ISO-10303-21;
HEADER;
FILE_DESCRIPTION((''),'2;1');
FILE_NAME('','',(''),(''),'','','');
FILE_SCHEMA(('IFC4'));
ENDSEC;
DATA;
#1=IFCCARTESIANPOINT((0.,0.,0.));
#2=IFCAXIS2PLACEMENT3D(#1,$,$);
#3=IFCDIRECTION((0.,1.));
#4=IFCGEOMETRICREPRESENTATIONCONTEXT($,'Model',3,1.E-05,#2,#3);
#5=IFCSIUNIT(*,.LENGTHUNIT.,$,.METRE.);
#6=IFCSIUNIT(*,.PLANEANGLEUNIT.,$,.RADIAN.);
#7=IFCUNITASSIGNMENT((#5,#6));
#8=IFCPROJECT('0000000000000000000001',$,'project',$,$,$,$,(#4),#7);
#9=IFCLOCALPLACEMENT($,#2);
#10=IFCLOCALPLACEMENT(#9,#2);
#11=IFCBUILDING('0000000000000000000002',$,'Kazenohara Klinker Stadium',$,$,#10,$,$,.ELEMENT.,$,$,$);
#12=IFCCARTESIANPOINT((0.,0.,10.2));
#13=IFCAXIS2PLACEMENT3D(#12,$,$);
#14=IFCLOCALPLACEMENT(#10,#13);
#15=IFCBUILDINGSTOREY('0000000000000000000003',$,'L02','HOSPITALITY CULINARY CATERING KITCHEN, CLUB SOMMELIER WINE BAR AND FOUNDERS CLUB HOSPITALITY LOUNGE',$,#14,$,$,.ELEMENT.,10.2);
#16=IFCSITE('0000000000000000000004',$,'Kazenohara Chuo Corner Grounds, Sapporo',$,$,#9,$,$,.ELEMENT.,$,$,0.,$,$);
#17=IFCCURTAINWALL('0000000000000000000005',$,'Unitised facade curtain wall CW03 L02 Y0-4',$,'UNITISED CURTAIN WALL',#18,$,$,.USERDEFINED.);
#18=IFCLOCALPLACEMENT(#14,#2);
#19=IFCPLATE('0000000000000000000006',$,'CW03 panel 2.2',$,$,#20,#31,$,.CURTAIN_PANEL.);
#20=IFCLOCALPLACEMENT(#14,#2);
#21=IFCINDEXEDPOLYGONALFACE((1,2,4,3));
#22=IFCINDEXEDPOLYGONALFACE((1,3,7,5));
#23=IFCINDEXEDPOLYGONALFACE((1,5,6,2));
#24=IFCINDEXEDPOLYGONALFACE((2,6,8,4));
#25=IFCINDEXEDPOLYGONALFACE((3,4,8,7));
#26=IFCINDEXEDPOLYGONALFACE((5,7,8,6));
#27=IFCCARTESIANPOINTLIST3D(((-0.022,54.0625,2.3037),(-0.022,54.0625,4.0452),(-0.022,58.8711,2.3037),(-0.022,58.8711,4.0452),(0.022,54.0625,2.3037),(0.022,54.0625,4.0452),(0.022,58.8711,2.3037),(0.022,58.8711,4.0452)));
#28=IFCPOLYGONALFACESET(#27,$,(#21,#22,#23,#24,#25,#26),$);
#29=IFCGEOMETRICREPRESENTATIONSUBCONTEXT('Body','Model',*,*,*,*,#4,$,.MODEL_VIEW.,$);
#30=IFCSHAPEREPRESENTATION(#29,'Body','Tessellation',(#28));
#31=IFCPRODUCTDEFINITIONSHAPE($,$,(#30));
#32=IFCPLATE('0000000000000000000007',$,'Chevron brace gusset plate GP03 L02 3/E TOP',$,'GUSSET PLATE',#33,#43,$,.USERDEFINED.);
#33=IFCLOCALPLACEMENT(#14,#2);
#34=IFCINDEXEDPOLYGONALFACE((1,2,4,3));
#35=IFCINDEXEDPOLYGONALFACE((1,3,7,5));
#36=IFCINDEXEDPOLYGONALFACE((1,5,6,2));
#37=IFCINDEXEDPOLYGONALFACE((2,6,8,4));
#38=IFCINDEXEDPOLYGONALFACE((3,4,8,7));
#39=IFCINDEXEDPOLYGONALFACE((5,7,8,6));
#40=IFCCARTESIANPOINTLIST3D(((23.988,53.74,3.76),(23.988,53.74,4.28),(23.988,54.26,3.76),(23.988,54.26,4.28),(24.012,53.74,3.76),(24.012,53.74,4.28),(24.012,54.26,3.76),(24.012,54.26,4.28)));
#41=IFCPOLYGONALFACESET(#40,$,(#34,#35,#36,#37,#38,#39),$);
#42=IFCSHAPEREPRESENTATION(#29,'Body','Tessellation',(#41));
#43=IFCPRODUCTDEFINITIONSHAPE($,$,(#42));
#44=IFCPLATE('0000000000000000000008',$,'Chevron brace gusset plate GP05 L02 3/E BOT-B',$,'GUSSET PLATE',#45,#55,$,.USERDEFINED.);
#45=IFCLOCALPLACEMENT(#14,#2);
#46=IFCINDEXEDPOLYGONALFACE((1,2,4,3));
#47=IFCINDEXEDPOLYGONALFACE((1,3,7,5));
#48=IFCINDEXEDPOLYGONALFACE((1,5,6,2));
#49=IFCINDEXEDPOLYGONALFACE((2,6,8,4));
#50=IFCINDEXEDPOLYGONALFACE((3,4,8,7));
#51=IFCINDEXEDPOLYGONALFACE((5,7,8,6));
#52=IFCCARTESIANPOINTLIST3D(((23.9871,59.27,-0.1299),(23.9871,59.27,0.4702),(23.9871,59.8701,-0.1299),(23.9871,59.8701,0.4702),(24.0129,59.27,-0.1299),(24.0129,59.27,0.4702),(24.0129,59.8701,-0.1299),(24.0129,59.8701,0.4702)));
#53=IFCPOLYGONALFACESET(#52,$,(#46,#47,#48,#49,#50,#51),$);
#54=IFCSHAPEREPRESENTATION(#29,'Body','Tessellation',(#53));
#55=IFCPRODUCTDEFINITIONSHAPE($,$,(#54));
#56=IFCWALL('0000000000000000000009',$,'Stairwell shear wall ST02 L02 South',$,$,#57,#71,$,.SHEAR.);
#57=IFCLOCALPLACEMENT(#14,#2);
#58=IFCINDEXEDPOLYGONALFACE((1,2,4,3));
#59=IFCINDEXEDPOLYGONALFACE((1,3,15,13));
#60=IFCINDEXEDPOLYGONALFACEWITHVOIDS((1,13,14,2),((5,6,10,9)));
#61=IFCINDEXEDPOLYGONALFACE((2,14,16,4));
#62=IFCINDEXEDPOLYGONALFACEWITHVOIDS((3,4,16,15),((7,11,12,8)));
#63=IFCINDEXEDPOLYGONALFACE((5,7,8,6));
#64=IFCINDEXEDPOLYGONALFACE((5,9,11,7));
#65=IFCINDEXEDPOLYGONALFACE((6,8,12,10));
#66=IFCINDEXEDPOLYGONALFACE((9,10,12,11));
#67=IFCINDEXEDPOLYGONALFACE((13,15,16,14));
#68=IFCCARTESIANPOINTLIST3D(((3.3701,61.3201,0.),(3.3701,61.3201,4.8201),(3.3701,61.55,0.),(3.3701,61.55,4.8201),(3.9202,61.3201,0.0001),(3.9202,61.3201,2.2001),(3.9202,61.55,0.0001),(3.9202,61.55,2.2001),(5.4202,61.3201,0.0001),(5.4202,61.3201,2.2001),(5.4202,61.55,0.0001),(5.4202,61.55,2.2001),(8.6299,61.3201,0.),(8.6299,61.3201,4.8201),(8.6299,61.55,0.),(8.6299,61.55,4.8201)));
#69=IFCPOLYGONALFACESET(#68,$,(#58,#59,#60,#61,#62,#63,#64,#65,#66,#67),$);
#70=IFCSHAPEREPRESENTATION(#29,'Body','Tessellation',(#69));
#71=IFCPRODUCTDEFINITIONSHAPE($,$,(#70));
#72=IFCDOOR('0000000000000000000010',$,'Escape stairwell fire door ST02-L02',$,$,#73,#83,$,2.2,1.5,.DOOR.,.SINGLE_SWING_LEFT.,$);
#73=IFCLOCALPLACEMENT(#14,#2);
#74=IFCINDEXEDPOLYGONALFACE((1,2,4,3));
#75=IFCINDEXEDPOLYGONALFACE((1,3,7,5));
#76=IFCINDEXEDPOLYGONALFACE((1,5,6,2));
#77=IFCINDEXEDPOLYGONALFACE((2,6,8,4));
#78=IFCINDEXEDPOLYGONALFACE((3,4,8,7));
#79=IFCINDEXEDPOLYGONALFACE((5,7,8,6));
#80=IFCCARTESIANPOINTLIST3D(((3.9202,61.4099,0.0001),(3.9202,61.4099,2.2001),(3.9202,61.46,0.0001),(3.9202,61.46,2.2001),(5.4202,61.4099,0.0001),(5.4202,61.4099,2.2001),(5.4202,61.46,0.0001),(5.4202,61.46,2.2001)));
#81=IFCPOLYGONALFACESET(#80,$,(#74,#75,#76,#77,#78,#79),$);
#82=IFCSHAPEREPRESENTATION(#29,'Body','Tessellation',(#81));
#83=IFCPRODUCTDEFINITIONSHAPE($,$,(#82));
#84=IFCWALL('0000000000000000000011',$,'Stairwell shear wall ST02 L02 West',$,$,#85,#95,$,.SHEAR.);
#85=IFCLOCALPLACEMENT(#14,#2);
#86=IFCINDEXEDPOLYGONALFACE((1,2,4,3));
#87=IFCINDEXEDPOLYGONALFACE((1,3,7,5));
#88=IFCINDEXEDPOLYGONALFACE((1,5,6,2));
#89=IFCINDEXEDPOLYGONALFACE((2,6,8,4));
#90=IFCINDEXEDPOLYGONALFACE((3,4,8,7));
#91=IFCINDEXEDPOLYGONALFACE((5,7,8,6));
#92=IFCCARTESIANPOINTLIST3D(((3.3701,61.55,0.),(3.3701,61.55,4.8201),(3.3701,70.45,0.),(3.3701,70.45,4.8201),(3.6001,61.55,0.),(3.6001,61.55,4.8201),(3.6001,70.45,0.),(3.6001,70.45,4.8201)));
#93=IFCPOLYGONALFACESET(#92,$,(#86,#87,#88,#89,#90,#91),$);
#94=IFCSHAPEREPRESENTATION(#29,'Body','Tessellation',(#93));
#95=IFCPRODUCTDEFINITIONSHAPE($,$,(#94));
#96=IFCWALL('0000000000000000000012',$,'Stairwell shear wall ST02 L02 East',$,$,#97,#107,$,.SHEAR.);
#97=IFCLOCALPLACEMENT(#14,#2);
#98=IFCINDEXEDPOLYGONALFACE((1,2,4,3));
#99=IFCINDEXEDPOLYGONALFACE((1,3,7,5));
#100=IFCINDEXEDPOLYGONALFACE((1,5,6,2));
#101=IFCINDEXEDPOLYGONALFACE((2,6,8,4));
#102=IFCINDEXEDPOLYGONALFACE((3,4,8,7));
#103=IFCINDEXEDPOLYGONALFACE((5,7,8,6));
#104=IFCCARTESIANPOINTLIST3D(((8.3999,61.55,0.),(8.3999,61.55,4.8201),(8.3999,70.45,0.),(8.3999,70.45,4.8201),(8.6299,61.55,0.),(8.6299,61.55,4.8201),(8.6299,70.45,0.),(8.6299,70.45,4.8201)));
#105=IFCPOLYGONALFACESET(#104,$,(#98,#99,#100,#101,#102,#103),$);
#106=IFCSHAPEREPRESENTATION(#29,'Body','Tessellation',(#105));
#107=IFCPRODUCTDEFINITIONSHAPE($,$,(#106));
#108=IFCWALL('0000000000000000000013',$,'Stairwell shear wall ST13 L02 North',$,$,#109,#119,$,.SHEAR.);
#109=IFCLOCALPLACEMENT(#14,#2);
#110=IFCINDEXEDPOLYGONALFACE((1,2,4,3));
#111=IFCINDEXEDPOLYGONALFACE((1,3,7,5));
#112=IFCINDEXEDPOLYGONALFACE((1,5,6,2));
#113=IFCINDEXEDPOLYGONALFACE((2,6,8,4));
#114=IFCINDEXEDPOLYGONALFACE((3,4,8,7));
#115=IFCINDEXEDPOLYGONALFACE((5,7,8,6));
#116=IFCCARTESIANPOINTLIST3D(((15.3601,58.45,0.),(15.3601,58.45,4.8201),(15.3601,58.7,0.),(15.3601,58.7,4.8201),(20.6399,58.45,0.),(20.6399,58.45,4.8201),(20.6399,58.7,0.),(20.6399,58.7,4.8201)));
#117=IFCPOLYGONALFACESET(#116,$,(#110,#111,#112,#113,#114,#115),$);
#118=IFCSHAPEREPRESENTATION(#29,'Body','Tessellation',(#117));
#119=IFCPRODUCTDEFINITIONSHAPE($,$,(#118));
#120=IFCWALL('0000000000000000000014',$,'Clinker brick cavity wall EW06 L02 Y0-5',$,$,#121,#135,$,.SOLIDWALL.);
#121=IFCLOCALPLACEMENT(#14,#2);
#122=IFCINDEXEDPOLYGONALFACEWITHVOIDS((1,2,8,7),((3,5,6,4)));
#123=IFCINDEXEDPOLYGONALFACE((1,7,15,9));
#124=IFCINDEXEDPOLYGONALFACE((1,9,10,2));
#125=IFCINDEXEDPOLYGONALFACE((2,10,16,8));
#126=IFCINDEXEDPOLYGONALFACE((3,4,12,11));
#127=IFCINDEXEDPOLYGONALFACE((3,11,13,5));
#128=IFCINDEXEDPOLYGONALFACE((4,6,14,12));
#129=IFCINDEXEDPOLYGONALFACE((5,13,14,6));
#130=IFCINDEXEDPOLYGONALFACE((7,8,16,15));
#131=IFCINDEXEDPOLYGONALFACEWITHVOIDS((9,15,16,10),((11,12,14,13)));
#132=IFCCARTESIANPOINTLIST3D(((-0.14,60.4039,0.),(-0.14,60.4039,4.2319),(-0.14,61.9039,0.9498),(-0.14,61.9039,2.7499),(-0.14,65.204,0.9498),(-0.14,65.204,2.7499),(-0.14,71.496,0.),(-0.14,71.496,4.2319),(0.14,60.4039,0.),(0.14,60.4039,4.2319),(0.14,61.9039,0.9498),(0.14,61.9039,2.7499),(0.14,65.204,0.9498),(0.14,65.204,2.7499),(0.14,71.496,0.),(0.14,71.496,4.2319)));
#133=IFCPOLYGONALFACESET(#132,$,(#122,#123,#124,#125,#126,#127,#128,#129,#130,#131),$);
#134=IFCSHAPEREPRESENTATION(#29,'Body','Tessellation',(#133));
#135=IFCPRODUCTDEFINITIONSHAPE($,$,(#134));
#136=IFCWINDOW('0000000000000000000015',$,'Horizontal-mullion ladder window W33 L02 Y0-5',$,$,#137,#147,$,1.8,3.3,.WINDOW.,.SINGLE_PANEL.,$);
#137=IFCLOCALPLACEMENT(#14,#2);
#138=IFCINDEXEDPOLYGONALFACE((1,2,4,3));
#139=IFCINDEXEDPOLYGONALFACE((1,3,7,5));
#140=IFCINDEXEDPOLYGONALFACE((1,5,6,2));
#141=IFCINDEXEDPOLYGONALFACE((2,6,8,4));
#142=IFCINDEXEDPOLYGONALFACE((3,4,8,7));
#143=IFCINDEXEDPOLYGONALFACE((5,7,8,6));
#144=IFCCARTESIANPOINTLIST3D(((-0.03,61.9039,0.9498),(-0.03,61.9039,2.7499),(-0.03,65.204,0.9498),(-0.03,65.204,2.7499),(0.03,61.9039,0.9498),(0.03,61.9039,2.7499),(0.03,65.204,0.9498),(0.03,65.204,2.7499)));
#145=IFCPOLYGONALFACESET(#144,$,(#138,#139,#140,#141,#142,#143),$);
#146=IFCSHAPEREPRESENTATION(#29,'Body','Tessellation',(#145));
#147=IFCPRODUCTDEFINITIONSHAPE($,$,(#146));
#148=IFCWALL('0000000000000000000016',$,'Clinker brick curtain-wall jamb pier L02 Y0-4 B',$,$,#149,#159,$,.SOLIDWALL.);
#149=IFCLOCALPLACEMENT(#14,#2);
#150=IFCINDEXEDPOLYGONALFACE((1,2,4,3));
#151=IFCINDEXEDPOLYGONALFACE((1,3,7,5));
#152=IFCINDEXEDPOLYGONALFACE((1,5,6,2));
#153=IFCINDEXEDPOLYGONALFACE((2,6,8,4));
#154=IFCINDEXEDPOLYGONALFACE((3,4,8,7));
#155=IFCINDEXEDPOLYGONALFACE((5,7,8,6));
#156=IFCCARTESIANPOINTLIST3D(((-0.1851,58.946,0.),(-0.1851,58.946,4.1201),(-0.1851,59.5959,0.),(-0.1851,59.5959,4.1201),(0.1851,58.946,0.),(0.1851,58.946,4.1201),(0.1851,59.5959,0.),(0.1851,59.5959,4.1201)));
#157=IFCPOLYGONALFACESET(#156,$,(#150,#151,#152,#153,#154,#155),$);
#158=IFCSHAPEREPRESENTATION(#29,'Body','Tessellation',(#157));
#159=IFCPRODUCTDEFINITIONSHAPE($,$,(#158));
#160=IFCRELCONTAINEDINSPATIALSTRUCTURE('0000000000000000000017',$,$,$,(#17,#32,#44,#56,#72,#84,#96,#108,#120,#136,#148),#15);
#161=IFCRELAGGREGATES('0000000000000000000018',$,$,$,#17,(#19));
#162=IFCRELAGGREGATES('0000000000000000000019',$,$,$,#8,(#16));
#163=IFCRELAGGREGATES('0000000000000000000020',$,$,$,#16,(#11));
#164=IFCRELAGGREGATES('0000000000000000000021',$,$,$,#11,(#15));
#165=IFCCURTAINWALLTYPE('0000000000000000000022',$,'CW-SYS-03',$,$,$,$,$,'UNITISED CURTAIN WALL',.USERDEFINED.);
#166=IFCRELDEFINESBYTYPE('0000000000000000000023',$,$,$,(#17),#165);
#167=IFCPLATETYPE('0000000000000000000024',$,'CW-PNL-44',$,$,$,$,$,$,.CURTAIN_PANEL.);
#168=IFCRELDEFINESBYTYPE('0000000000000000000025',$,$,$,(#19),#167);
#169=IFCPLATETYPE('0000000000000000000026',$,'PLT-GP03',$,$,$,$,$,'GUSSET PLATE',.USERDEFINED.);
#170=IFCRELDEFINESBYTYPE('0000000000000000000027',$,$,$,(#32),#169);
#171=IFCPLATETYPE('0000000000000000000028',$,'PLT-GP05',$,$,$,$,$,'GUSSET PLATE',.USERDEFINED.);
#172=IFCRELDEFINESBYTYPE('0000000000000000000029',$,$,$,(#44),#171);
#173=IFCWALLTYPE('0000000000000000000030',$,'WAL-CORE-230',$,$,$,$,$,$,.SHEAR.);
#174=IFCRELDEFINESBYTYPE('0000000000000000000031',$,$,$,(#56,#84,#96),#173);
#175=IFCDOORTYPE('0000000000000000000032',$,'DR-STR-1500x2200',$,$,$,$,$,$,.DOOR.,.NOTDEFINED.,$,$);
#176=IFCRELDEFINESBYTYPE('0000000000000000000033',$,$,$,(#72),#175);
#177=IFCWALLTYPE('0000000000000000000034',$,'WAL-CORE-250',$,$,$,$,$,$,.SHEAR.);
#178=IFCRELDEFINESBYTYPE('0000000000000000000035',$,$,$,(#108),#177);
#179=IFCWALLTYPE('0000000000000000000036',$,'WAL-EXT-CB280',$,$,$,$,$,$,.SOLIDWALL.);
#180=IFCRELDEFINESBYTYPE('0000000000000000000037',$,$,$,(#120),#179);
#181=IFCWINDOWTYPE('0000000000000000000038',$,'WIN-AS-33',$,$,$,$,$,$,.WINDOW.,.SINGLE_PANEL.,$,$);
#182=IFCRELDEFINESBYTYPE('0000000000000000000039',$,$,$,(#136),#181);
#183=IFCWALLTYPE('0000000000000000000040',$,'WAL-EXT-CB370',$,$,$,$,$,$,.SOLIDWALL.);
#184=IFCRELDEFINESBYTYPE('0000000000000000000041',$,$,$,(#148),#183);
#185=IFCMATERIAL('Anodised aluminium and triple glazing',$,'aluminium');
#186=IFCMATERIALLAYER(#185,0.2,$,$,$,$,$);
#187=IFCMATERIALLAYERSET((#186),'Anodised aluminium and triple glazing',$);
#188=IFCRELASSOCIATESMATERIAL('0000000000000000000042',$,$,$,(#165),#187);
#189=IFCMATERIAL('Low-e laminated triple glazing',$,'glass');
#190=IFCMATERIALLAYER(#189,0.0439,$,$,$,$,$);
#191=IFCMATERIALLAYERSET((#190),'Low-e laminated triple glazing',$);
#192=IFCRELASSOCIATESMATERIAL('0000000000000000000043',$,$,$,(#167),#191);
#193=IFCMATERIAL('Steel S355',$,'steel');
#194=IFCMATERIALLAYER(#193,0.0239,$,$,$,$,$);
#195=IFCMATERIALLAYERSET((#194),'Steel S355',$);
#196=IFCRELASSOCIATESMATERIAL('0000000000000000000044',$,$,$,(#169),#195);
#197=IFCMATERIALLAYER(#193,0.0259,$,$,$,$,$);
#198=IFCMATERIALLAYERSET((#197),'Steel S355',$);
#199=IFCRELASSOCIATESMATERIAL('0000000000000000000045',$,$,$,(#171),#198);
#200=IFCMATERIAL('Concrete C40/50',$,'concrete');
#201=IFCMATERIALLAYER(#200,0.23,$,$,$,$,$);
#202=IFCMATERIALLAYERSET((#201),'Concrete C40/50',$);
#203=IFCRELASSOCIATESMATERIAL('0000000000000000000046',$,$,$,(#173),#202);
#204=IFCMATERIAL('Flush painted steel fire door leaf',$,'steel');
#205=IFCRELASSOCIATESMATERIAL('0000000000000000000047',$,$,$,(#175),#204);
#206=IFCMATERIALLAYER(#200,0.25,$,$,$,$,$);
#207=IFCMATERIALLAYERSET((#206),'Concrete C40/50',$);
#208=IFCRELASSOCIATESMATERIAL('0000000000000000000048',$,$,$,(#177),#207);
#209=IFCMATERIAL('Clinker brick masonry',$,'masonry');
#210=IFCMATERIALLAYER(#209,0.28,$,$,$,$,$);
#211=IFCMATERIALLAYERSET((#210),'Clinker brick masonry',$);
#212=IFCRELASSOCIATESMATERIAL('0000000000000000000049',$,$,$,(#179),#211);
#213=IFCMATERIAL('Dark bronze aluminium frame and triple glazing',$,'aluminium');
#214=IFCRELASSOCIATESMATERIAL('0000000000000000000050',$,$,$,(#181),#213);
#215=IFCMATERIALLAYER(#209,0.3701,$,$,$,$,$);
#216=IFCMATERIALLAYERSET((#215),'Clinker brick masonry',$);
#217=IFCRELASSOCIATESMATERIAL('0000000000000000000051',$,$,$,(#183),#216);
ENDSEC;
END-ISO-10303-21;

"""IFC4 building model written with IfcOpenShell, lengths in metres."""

from ifc_helpers import new_model, si_unit, direction, frame, frame_2d, origin, origin_2d, place, context, subcontext, project, spatial, rectangle, extrude, material, layer, layer_set, type_object, element, fill, aggregate, save


model = new_model("IFC4")

# Units and contexts
model_context = context("Model", 3, precision=1e-05, world=origin(), true_north=direction((0.0, 1.0)))
body_context = subcontext(model_context, "Body", "Model", "MODEL_VIEW")
ifc_project = project(units=[si_unit("LENGTHUNIT", "METRE"), si_unit("PLANEANGLEUNIT", "RADIAN")], contexts=[model_context])

# Site, building, storey
site_placement = place(None, origin())
site = spatial("IfcSite", under=ifc_project, at=site_placement, Name="Kazenohara Chuo Corner Grounds, Sapporo", CompositionType="ELEMENT", RefElevation=0.0)
building_placement = place(site_placement, origin())
building = spatial("IfcBuilding", under=site, at=building_placement, Name="Kazenohara Klinker Stadium", CompositionType="ELEMENT")
storey_placement = place(building_placement, frame((0.0, 0.0, 10.2)))
storey = spatial("IfcBuildingStorey", under=building, at=storey_placement, Name="L02", Description="HOSPITALITY CULINARY CATERING KITCHEN, CLUB SOMMELIER WINE BAR AND FOUNDERS CLUB HOSPITALITY LOUNGE", CompositionType="ELEMENT", Elevation=10.2)

# Shared definitions
ifc_material_1 = material(Name="Concrete C40/50", Category="concrete")

# Shared definitions
ifc_material_2 = material(Name="Steel S355", Category="steel")

# Curtain wall
ifc_material_3 = material(Name="Anodised aluminium and triple glazing", Category="aluminium")
ifc_layer_1 = layer(ifc_material_3, 0.2)
ifc_layer_set_1 = layer_set([ifc_layer_1], Name="Anodised aluminium and triple glazing")
curtain_wall_type = type_object("IfcCurtainWallType", Name="CW-SYS-03", ElementType="UNITISED CURTAIN WALL", PredefinedType="USERDEFINED", material=ifc_layer_set_1)
curtain_wall_placement = place(storey_placement, origin())
curtain_wall = element("IfcCurtainWall", 1, at=curtain_wall_placement, inside=storey, type_object=curtain_wall_type, Name="Unitised facade curtain wall CW03 L02 Y0-4", ObjectType="UNITISED CURTAIN WALL", PredefinedType="USERDEFINED")

# Plate
ifc_material_4 = material(Name="Low-e laminated triple glazing", Category="glass")
ifc_layer_2 = layer(ifc_material_4, 0.0439)
ifc_layer_set_2 = layer_set([ifc_layer_2], Name="Low-e laminated triple glazing")
plate_type_1 = type_object("IfcPlateType", Name="CW-PNL-44", PredefinedType="CURTAIN_PANEL", material=ifc_layer_set_2)
plate_1_placement = place(storey_placement, frame((0.0, 56.4668, 2.3037), z_axis=(0.0, 0.0, 1.0), x_axis=(0.0, 1.0, 0.0)))
plate_1 = element("IfcPlate", 2, at=plate_1_placement, type_object=plate_type_1, Name="CW03 panel 2.2", PredefinedType="CURTAIN_PANEL", context=body_context, shape_type="SweptSolid", body=[
    extrude(rectangle(XDim=4.8086, YDim=0.0439, at=origin_2d()), origin(), (0.0, 0.0, 1.0), 1.7415),
])
aggregate(curtain_wall, [plate_1])

# Plates
ifc_layer_3 = layer(ifc_material_2, 0.0239)
ifc_layer_set_3 = layer_set([ifc_layer_3], Name="Steel S355")
plate_type_2 = type_object("IfcPlateType", Name="PLT-GP03", ElementType="GUSSET PLATE", PredefinedType="USERDEFINED", material=ifc_layer_set_3)
plate_2_placement = place(storey_placement, frame((24.0, 54.0, 3.76), z_axis=(0.0, 0.0, 1.0), x_axis=(1.0, 0.0, 0.0)))
element("IfcPlate", 3, at=plate_2_placement, inside=storey, type_object=plate_type_2, Name="Chevron brace gusset plate GP03 L02 3/E TOP", ObjectType="GUSSET PLATE", PredefinedType="USERDEFINED", context=body_context, shape_type="SweptSolid", body=[
    extrude(rectangle(XDim=0.0239, YDim=0.52, at=origin_2d()), origin(), (0.0, 0.0, 1.0), 0.52),
])
ifc_layer_4 = layer(ifc_material_2, 0.0259)
ifc_layer_set_4 = layer_set([ifc_layer_4], Name="Steel S355")
plate_type_3 = type_object("IfcPlateType", Name="PLT-GP05", ElementType="GUSSET PLATE", PredefinedType="USERDEFINED", material=ifc_layer_set_4)
plate_3_placement = place(storey_placement, frame((24.0, 59.5701, -0.1299), z_axis=(0.0, 0.0, 1.0), x_axis=(1.0, 0.0, 0.0)))
element("IfcPlate", 4, at=plate_3_placement, inside=storey, type_object=plate_type_3, Name="Chevron brace gusset plate GP05 L02 3/E BOT-B", ObjectType="GUSSET PLATE", PredefinedType="USERDEFINED", context=body_context, shape_type="SweptSolid", body=[
    extrude(rectangle(XDim=0.0259, YDim=0.6001, at=origin_2d()), origin(), (0.0, 0.0, 1.0), 0.6001),
])

# Wall, opening, door
ifc_layer_5 = layer(ifc_material_1, 0.23)
ifc_layer_set_5 = layer_set([ifc_layer_5], Name="Concrete C40/50")
wall_type_1 = type_object("IfcWallType", Name="WAL-CORE-230", PredefinedType="SHEAR", material=ifc_layer_set_5)
wall_1_placement = place(storey_placement, frame((3.3701, 61.4351, 0.0), z_axis=(0.0, 0.0, 1.0), x_axis=(1.0, 0.0, 0.0)))
wall_1 = element("IfcWall", 5, at=wall_1_placement, inside=storey, type_object=wall_type_1, Name="Stairwell shear wall ST02 L02 South", PredefinedType="SHEAR", context=body_context, shape_type="SweptSolid", body=[
    extrude(rectangle(XDim=5.2598, YDim=0.23, at=frame_2d((2.6299, 0.0))), origin(), (0.0, 0.0, 1.0), 4.8201),
])
opening_1_placement = place(wall_1_placement, frame((0.55, 0.0, 0.0)))
opening_1 = element("IfcOpeningElement", 6, at=opening_1_placement, cuts=wall_1, PredefinedType="OPENING", context=body_context, shape_type="SweptSolid", body=[
    extrude(rectangle(XDim=1.5, YDim=2.2, at=frame_2d((0.75, 1.1001))), frame((0.0, 0.125, 0.0), z_axis=(0.0, -1.0, 0.0), x_axis=(1.0, 0.0, 0.0)), (0.0, 0.0, 1.0), 0.25),
])
ifc_material_5 = material(Name="Flush painted steel fire door leaf", Category="steel")
door_type = type_object("IfcDoorType", Name="DR-STR-1500x2200", OperationType="NOTDEFINED", PredefinedType="DOOR", material=ifc_material_5)
door_placement = place(opening_1_placement, origin())
door = element("IfcDoor", 7, at=door_placement, inside=storey, type_object=door_type, Name="Escape stairwell fire door ST02-L02", OperationType="SINGLE_SWING_LEFT", OverallHeight=2.2, OverallWidth=1.5, PredefinedType="DOOR", context=body_context, shape_type="SweptSolid", body=[
    extrude(rectangle(XDim=1.5, YDim=2.2, at=frame_2d((0.75, 1.1001))), frame((0.0, 0.0249, 0.0), z_axis=(0.0, -1.0, 0.0), x_axis=(1.0, 0.0, 0.0)), (0.0, 0.0, 1.0), 0.05),
])
fill(opening_1, door)

# Walls
for number, where, z_axis, x_axis, name in (
    (8, (3.4851, 61.55, 0.0), (0.0, 0.0, 1.0), (0.0, 1.0, 0.0), "Stairwell shear wall ST02 L02 West"),
    (9, (8.5149, 61.55, 0.0), (0.0, 0.0, 1.0), (0.0, 1.0, 0.0), "Stairwell shear wall ST02 L02 East"),
):
    element("IfcWall", number, at=place(storey_placement, frame(where, z_axis=z_axis, x_axis=x_axis)), inside=storey, type_object=wall_type_1, Name=name, PredefinedType="SHEAR", context=body_context, shape_type="SweptSolid", body=[
        extrude(rectangle(XDim=8.8999, YDim=0.23, at=frame_2d((4.45, 0.0))), origin(), (0.0, 0.0, 1.0), 4.8201),
    ])
ifc_layer_6 = layer(ifc_material_1, 0.25)
ifc_layer_set_6 = layer_set([ifc_layer_6], Name="Concrete C40/50")
wall_type_2 = type_object("IfcWallType", Name="WAL-CORE-250", PredefinedType="SHEAR", material=ifc_layer_set_6)
wall_2_placement = place(storey_placement, frame((15.3601, 58.575, 0.0), z_axis=(0.0, 0.0, 1.0), x_axis=(1.0, 0.0, 0.0)))
element("IfcWall", 10, at=wall_2_placement, inside=storey, type_object=wall_type_2, Name="Stairwell shear wall ST13 L02 North", PredefinedType="SHEAR", context=body_context, shape_type="SweptSolid", body=[
    extrude(rectangle(XDim=5.2798, YDim=0.25, at=frame_2d((2.6399, 0.0))), origin(), (0.0, 0.0, 1.0), 4.8201),
])

# Wall, opening, window
ifc_material_6 = material(Name="Clinker brick masonry", Category="masonry")
ifc_layer_7 = layer(ifc_material_6, 0.28)
ifc_layer_set_7 = layer_set([ifc_layer_7], Name="Clinker brick masonry")
wall_type_3 = type_object("IfcWallType", Name="WAL-EXT-CB280", PredefinedType="SOLIDWALL", material=ifc_layer_set_7)
wall_3_placement = place(storey_placement, frame((0.0, 60.4041, 0.0), z_axis=(0.0, 0.0, 1.0), x_axis=(0.0, 1.0, 0.0)))
wall_3 = element("IfcWall", 11, at=wall_3_placement, inside=storey, type_object=wall_type_3, Name="Clinker brick cavity wall EW06 L02 Y0-5", PredefinedType="SOLIDWALL", context=body_context, shape_type="SweptSolid", body=[
    extrude(rectangle(XDim=11.092, YDim=0.28, at=frame_2d((5.5459, 0.0))), origin(), (0.0, 0.0, 1.0), 4.2319),
])
opening_2_placement = place(wall_3_placement, frame((1.5, 0.0, 0.95)))
opening_2 = element("IfcOpeningElement", 12, at=opening_2_placement, cuts=wall_3, PredefinedType="OPENING", context=body_context, shape_type="SweptSolid", body=[
    extrude(rectangle(XDim=3.3, YDim=1.8, at=frame_2d((1.6499, 0.8999))), frame((0.0, 0.1499, 0.0), z_axis=(0.0, -1.0, 0.0), x_axis=(1.0, 0.0, 0.0)), (0.0, 0.0, 1.0), 0.3),
])
ifc_material_7 = material(Name="Dark bronze aluminium frame and triple glazing", Category="aluminium")
window_type = type_object("IfcWindowType", Name="WIN-AS-33", PartitioningType="SINGLE_PANEL", PredefinedType="WINDOW", material=ifc_material_7)
window_placement = place(opening_2_placement, origin())
window = element("IfcWindow", 13, at=window_placement, inside=storey, type_object=window_type, Name="Horizontal-mullion ladder window W33 L02 Y0-5", OverallHeight=1.8, OverallWidth=3.3, PartitioningType="SINGLE_PANEL", PredefinedType="WINDOW", context=body_context, shape_type="SweptSolid", body=[
    extrude(rectangle(XDim=3.3, YDim=1.8, at=frame_2d((1.6499, 0.8999))), frame((0.0, 0.03, 0.0), z_axis=(0.0, -1.0, 0.0), x_axis=(1.0, 0.0, 0.0)), (0.0, 0.0, 1.0), 0.0601),
])
fill(opening_2, window)

# Wall
ifc_layer_8 = layer(ifc_material_6, 0.3701)
ifc_layer_set_8 = layer_set([ifc_layer_8], Name="Clinker brick masonry")
wall_type_4 = type_object("IfcWallType", Name="WAL-EXT-CB370", PredefinedType="SOLIDWALL", material=ifc_layer_set_8)
wall_4_placement = place(storey_placement, frame((0.0, 58.946, 0.0), z_axis=(0.0, 0.0, 1.0), x_axis=(0.0, 1.0, 0.0)))
element("IfcWall", 14, at=wall_4_placement, inside=storey, type_object=wall_type_4, Name="Clinker brick curtain-wall jamb pier L02 Y0-4 B", PredefinedType="SOLIDWALL", context=body_context, shape_type="SweptSolid", body=[
    extrude(rectangle(XDim=0.6499, YDim=0.3701, at=frame_2d((0.325, 0.0))), origin(), (0.0, 0.0, 1.0), 4.1201),
])

save(model, "model.ifc")
